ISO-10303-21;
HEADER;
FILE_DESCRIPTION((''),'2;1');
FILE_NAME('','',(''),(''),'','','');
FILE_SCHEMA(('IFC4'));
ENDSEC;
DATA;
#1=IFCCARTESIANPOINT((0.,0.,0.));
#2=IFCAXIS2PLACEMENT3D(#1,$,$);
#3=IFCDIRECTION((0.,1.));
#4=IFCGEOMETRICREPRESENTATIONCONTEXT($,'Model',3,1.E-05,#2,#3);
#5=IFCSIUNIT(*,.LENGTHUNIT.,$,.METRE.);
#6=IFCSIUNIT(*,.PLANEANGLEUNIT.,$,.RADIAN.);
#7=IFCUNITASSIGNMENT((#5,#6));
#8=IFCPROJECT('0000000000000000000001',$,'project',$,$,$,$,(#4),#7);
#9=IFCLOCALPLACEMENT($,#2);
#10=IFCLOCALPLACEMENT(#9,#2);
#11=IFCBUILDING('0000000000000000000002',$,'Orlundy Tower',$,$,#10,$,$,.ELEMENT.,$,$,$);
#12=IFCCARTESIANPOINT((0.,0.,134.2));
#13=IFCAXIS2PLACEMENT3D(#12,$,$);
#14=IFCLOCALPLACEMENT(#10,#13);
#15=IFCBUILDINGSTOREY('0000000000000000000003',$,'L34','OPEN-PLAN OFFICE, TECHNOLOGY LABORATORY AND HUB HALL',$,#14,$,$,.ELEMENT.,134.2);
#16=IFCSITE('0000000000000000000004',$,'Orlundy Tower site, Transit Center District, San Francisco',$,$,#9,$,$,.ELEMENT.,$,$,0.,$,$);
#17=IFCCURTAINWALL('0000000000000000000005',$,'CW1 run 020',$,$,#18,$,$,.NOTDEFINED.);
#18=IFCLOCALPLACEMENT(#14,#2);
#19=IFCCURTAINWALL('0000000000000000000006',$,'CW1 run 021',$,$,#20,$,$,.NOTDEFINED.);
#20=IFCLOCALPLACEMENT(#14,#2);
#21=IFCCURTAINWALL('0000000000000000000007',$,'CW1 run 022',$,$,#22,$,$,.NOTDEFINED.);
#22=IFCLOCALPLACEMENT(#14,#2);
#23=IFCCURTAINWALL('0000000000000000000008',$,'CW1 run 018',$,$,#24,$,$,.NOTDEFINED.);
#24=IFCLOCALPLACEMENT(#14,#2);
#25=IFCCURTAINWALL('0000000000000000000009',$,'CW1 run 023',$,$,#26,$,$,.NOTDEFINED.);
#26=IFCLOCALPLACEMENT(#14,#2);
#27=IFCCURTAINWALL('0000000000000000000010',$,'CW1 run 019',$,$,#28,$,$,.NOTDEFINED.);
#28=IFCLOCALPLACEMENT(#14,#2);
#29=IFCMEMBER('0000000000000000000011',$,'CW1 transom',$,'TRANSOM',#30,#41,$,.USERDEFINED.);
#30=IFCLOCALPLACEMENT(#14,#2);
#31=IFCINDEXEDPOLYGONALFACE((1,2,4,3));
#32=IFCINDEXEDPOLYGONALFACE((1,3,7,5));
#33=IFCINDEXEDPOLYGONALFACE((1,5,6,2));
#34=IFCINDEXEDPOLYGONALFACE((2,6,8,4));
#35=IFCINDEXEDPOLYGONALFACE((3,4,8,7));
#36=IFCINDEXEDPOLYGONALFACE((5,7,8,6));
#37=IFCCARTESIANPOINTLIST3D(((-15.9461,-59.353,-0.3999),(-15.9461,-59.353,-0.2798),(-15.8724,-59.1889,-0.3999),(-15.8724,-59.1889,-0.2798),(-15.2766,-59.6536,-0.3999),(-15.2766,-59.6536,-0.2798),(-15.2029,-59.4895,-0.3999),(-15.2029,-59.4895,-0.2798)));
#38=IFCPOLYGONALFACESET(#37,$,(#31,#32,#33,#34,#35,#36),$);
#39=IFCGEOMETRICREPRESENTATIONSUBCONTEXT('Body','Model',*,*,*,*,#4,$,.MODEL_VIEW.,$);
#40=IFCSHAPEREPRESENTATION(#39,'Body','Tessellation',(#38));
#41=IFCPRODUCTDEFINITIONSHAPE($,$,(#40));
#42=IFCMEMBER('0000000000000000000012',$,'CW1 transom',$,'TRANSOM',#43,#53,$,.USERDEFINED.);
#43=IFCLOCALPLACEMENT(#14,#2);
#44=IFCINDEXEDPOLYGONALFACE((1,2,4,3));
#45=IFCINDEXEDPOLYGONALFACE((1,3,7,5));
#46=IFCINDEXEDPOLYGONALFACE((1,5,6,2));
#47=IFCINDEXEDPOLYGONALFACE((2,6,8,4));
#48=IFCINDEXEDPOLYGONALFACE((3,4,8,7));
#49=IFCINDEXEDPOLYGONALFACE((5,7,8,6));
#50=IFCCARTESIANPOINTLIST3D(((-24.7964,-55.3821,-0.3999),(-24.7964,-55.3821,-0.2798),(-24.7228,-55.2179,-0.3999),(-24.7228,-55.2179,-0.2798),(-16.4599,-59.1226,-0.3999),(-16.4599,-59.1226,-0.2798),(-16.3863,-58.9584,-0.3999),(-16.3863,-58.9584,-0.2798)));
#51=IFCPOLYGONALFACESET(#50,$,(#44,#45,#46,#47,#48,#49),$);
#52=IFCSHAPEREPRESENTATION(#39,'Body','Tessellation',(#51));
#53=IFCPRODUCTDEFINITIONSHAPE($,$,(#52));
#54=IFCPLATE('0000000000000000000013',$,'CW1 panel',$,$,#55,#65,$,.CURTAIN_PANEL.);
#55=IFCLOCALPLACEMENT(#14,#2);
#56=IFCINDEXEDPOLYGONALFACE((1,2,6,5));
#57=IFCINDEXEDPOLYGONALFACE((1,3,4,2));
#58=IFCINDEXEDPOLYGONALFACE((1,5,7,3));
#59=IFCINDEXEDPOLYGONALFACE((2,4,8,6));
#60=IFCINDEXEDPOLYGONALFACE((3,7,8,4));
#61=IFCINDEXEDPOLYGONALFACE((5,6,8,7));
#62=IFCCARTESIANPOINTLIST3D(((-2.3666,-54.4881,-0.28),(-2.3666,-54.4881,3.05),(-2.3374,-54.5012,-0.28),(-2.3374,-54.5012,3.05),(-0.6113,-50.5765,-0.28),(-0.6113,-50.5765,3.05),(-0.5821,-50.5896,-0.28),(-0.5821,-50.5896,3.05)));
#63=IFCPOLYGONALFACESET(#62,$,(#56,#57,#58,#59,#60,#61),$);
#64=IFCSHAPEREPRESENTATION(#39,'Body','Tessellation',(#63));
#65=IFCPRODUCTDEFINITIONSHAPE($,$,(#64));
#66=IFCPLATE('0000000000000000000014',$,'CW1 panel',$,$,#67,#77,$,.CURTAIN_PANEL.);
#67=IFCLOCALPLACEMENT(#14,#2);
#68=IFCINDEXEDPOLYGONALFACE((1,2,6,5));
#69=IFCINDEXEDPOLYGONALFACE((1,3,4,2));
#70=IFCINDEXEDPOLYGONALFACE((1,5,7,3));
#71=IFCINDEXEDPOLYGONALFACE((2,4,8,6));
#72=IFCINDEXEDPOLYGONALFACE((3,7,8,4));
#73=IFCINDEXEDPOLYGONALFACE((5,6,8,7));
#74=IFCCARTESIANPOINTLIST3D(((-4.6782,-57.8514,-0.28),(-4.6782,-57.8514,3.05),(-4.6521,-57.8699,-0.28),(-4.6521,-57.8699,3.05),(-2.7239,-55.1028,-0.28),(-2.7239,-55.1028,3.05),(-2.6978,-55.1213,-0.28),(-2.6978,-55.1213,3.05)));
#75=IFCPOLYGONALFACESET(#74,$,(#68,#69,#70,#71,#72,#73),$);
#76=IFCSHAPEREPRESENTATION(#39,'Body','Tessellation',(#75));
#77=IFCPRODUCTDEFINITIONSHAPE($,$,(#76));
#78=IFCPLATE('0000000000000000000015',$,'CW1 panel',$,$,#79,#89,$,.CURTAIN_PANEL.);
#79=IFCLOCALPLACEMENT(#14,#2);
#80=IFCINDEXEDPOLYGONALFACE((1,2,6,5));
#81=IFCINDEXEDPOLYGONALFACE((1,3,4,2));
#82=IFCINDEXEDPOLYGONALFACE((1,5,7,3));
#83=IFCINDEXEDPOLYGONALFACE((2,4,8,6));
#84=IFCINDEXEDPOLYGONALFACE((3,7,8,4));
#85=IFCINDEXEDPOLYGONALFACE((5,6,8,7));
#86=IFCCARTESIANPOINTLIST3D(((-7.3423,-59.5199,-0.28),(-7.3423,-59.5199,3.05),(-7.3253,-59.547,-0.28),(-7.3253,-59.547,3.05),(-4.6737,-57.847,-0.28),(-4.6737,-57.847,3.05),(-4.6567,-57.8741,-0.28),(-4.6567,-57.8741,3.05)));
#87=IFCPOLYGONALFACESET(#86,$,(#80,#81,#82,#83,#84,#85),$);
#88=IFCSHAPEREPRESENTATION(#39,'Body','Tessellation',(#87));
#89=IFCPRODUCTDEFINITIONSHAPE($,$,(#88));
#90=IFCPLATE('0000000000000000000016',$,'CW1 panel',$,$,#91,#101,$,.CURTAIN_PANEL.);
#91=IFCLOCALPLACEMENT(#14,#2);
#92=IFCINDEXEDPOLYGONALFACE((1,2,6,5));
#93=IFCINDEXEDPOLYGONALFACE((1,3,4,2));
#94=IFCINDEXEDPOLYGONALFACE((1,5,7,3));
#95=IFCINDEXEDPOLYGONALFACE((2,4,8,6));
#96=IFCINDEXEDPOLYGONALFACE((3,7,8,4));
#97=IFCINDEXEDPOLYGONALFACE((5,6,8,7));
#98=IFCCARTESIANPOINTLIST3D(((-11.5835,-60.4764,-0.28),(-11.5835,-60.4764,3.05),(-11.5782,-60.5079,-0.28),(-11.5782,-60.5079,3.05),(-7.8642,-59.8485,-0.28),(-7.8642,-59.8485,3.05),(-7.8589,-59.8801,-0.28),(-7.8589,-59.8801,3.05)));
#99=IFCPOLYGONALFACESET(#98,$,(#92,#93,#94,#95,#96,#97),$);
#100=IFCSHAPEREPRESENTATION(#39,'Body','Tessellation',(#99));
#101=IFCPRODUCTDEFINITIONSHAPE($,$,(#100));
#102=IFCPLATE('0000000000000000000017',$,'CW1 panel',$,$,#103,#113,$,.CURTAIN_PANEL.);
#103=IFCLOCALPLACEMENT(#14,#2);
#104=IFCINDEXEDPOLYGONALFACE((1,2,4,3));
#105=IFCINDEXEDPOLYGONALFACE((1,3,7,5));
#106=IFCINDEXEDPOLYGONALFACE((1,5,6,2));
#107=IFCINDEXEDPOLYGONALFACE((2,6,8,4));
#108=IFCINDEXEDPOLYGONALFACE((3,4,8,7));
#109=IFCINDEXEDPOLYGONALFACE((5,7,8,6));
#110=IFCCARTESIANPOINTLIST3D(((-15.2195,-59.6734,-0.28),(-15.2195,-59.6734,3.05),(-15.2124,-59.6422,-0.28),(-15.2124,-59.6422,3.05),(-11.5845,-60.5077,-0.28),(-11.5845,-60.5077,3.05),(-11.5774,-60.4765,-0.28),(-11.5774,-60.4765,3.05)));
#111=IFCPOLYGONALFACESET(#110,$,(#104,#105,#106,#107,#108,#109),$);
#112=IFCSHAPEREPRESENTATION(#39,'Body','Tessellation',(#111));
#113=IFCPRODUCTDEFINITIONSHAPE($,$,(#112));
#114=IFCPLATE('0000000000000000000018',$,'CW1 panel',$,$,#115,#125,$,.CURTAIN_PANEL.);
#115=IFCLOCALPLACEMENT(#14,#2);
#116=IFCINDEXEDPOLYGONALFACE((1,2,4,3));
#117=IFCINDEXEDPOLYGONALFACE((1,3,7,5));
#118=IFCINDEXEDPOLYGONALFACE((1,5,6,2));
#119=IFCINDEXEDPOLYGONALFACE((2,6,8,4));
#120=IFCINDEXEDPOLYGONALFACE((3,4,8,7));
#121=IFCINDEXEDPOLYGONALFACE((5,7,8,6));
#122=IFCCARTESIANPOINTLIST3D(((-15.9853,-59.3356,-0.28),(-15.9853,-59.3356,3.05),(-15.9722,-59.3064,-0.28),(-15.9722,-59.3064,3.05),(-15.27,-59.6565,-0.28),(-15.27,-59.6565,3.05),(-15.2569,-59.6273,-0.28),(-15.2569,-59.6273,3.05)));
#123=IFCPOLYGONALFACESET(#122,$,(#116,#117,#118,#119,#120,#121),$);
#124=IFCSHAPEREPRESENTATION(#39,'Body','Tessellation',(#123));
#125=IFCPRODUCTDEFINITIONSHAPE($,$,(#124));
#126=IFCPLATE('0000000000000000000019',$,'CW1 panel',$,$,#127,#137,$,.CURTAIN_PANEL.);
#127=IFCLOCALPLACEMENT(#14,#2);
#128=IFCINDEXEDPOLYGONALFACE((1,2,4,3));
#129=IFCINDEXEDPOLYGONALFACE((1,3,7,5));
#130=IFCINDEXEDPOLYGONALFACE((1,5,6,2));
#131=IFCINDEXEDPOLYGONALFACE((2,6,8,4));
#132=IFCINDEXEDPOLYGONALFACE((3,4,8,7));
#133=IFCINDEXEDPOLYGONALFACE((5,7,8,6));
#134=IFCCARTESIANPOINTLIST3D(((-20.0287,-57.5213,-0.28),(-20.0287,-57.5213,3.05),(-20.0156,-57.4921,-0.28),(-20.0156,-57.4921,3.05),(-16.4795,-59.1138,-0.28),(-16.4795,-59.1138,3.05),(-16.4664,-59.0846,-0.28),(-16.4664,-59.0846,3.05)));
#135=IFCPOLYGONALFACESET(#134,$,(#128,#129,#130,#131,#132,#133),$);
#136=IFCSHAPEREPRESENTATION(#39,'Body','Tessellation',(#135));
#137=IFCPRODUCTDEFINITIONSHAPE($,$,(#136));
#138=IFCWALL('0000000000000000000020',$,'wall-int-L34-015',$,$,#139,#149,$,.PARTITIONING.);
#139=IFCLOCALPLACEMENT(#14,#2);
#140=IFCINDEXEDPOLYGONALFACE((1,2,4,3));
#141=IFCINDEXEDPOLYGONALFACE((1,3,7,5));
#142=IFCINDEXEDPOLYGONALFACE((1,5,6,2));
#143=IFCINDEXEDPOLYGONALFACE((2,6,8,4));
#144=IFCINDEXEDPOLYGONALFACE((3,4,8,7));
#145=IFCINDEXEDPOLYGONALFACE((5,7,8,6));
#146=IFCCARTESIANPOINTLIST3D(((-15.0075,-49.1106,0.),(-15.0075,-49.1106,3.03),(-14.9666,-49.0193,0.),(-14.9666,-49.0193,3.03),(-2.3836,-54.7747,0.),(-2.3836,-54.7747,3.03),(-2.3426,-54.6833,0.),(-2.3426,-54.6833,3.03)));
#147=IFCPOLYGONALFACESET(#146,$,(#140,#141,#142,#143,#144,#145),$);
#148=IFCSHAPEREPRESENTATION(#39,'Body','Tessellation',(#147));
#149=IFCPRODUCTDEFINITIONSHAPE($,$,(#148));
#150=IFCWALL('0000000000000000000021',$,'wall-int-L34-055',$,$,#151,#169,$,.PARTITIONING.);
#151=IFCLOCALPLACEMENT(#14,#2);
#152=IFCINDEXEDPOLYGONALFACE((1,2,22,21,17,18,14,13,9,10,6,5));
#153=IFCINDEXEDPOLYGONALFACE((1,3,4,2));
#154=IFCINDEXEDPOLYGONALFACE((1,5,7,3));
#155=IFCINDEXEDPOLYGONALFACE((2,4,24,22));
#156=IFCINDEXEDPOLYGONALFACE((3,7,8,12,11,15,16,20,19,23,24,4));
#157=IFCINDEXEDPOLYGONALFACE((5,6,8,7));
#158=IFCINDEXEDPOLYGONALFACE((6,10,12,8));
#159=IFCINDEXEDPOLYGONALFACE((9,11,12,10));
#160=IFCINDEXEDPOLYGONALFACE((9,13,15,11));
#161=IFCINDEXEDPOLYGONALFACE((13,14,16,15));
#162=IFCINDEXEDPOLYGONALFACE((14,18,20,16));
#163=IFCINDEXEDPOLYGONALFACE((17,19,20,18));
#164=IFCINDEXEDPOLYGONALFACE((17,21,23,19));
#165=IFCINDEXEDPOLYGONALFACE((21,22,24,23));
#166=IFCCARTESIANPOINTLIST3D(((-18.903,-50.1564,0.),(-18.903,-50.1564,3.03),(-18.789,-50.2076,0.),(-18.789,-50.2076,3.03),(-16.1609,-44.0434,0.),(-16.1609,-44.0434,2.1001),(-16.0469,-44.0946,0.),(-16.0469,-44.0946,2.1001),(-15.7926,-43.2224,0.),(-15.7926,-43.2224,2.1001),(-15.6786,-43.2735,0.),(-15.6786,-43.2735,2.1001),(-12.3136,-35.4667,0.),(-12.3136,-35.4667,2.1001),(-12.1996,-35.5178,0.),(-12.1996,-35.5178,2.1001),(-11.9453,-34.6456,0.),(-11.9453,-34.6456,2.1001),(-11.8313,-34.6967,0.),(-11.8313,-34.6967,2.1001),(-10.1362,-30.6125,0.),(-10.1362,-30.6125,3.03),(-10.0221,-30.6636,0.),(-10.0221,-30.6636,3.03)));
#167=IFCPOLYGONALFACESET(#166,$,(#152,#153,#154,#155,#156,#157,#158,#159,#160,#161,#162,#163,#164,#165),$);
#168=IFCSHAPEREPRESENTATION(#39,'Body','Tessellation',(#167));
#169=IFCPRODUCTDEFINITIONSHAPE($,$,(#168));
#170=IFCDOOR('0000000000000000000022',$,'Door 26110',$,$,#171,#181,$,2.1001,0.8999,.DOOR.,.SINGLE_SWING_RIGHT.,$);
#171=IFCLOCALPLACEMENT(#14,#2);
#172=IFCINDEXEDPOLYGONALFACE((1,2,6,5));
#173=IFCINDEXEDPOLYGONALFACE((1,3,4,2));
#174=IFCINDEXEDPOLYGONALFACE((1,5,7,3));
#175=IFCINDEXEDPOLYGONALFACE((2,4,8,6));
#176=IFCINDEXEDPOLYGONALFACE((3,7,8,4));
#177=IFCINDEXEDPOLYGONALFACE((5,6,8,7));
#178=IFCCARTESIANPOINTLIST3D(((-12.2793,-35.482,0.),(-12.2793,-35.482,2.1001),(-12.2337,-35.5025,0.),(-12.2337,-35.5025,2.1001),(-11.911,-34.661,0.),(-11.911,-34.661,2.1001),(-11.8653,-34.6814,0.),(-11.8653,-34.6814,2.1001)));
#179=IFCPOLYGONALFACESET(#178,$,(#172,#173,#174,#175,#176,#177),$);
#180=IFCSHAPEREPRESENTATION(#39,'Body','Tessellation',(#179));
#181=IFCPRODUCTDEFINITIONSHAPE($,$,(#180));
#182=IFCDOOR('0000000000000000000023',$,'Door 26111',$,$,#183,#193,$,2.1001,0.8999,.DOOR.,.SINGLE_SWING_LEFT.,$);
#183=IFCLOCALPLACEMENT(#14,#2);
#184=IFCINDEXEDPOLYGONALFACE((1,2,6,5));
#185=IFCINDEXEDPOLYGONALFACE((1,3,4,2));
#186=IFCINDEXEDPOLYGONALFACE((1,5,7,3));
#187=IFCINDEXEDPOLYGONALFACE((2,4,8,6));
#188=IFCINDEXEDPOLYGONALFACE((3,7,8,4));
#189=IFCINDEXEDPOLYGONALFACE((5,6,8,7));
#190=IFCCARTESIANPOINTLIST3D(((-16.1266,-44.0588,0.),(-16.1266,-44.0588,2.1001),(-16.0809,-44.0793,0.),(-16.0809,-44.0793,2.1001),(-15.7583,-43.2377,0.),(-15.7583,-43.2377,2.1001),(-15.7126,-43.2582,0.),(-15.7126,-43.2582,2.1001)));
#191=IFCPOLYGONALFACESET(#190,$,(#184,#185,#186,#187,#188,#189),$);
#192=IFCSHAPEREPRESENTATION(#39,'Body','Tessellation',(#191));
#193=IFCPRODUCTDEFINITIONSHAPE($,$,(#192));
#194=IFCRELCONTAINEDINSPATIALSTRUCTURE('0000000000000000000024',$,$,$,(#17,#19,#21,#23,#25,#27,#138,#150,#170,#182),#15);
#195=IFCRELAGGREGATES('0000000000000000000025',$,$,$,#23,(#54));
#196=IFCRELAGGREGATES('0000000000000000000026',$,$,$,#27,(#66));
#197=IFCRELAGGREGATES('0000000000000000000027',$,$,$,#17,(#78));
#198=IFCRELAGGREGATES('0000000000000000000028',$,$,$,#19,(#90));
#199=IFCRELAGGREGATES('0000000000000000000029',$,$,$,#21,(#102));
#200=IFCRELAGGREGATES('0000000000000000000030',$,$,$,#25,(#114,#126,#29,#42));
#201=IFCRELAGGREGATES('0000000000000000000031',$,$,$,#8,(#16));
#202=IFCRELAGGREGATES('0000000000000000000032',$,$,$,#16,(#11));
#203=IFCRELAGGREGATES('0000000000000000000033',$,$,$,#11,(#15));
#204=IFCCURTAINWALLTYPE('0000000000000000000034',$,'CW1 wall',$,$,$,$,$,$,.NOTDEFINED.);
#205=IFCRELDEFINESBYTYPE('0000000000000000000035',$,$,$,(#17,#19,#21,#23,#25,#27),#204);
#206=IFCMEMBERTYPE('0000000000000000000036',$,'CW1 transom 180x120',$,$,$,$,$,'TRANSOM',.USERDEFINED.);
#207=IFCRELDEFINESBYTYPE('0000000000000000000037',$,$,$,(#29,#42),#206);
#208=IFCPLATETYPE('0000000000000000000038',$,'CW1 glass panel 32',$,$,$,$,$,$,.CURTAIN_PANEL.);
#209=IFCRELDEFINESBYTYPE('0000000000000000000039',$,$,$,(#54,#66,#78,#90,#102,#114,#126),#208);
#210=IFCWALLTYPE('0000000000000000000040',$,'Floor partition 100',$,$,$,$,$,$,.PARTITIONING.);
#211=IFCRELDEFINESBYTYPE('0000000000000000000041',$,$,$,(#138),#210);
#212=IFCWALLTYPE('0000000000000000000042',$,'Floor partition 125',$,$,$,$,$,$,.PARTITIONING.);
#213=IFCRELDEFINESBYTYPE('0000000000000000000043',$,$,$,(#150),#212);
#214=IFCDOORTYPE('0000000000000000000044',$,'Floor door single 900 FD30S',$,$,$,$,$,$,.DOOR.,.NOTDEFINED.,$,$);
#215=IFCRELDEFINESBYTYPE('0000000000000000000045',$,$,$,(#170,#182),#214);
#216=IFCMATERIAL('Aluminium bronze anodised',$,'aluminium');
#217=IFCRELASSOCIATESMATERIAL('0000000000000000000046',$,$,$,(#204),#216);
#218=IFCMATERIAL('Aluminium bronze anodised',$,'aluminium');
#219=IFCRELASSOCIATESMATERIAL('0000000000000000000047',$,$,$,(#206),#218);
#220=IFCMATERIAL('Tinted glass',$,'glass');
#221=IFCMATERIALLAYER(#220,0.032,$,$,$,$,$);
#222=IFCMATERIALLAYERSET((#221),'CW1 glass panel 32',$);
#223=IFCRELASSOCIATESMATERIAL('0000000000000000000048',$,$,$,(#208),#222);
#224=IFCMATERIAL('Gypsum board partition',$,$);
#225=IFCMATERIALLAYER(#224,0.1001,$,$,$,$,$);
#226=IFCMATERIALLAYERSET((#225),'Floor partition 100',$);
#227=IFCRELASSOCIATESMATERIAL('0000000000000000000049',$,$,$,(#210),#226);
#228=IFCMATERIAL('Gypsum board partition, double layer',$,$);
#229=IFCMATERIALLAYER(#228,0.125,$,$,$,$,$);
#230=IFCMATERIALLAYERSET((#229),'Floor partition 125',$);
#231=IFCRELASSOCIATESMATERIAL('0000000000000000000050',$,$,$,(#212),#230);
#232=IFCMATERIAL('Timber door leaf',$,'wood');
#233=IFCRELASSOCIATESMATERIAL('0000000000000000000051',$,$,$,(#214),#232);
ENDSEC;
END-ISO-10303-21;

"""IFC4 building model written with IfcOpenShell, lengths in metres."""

from ifc_helpers import new_model, si_unit, direction, frame, frame_2d, origin, origin_2d, place, context, subcontext, project, spatial, rectangle, extrude, material, layer, layer_set, material_profile, profile_set, type_object, element, fill, aggregate, save


model = new_model("IFC4")

# Units and contexts
model_context = context("Model", 3, precision=1e-05, world=origin(), true_north=direction((0.0, 1.0)))
body_context = subcontext(model_context, "Body", "Model", "MODEL_VIEW")
ifc_project = project(units=[si_unit("LENGTHUNIT", "METRE"), si_unit("PLANEANGLEUNIT", "RADIAN")], contexts=[model_context])

# Site, building, storey
site_placement = place(None, origin())
site = spatial("IfcSite", under=ifc_project, at=site_placement, Name="Orlundy Tower site, Transit Center District, San Francisco", CompositionType="ELEMENT", RefElevation=0.0)
building_placement = place(site_placement, origin())
building = spatial("IfcBuilding", under=site, at=building_placement, Name="Orlundy Tower", CompositionType="ELEMENT")
storey_placement = place(building_placement, frame((0.0, 0.0, 134.2)))
storey = spatial("IfcBuildingStorey", under=building, at=storey_placement, Name="L34", Description="OPEN-PLAN OFFICE, TECHNOLOGY LABORATORY AND HUB HALL", CompositionType="ELEMENT", Elevation=134.2)

# Curtain walls
ifc_material_1 = material(Name="Aluminium bronze anodised", Category="aluminium")
curtain_wall_type = type_object("IfcCurtainWallType", Name="CW1 wall", PredefinedType="NOTDEFINED", material=ifc_material_1)
curtain_wall_1_placement = place(storey_placement, origin())
curtain_wall_1 = element("IfcCurtainWall", 1, at=curtain_wall_1_placement, inside=storey, type_object=curtain_wall_type, Name="CW1 run 020", PredefinedType="NOTDEFINED")
curtain_wall_2_placement = place(storey_placement, origin())
curtain_wall_2 = element("IfcCurtainWall", 2, at=curtain_wall_2_placement, inside=storey, type_object=curtain_wall_type, Name="CW1 run 021", PredefinedType="NOTDEFINED")
curtain_wall_3_placement = place(storey_placement, origin())
curtain_wall_3 = element("IfcCurtainWall", 3, at=curtain_wall_3_placement, inside=storey, type_object=curtain_wall_type, Name="CW1 run 022", PredefinedType="NOTDEFINED")
curtain_wall_4_placement = place(storey_placement, origin())
curtain_wall_4 = element("IfcCurtainWall", 4, at=curtain_wall_4_placement, inside=storey, type_object=curtain_wall_type, Name="CW1 run 018", PredefinedType="NOTDEFINED")

# Curtain wall
curtain_wall_5_placement = place(storey_placement, origin())
curtain_wall_5 = element("IfcCurtainWall", 5, at=curtain_wall_5_placement, inside=storey, type_object=curtain_wall_type, Name="CW1 run 023", PredefinedType="NOTDEFINED")

# Curtain wall
curtain_wall_6_placement = place(storey_placement, origin())
curtain_wall_6 = element("IfcCurtainWall", 6, at=curtain_wall_6_placement, inside=storey, type_object=curtain_wall_type, Name="CW1 run 019", PredefinedType="NOTDEFINED")
ifc_material_2 = material(Name="Aluminium bronze anodised", Category="aluminium")
ifc_material_profile_1 = material_profile(ifc_material_2, rectangle(XDim=0.1799, YDim=0.1201, at=origin_2d()), Name="CW1 transom 180x120")
ifc_profile_set_1 = profile_set([ifc_material_profile_1], Name="Aluminium bronze anodised")
member_type_1 = type_object("IfcMemberType", Name="CW1 transom 180x120", ElementType="TRANSOM", PredefinedType="USERDEFINED", material=ifc_profile_set_1)

# Members
member_1_placement = place(storey_placement, frame((-15.2397, -59.5715, -0.3398), z_axis=(-0.912282, 0.409562, 0.0), x_axis=(-0.409562, -0.912282, 0.0)))
member_1 = element("IfcMember", 7, at=member_1_placement, type_object=member_type_1, Name="CW1 transom", ObjectType="TRANSOM", PredefinedType="USERDEFINED", context=body_context, shape_type="SweptSolid", body=[
    extrude(rectangle(XDim=0.1799, YDim=0.1201, at=origin_2d()), origin(), (0.0, 0.0, 1.0), 0.7339),
])
member_2_placement = place(storey_placement, frame((-16.4231, -59.0405, -0.3398), z_axis=(-0.912368, 0.409371, 0.0), x_axis=(-0.409371, -0.912368, 0.0)))
member_2 = element("IfcMember", 8, at=member_2_placement, type_object=member_type_1, Name="CW1 transom", ObjectType="TRANSOM", PredefinedType="USERDEFINED", context=body_context, shape_type="SweptSolid", body=[
    extrude(rectangle(XDim=0.1799, YDim=0.1201, at=origin_2d()), origin(), (0.0, 0.0, 1.0), 9.1372),
])

# Plates
ifc_material_3 = material(Name="Tinted glass", Category="glass")
ifc_layer_1 = layer(ifc_material_3, 0.032)
ifc_layer_set_1 = layer_set([ifc_layer_1], Name="CW1 glass panel 32")
plate_type = type_object("IfcPlateType", Name="CW1 glass panel 32", PredefinedType="CURTAIN_PANEL", material=ifc_layer_set_1)
plate_1_placement = place(storey_placement, frame((-1.4744, -52.5388, -0.28), z_axis=(0.0, 0.0, 1.0), x_axis=(-0.409405, -0.912353, 0.0)))
plate_1 = element("IfcPlate", 9, at=plate_1_placement, type_object=plate_type, Name="CW1 panel", PredefinedType="CURTAIN_PANEL", context=body_context, shape_type="SweptSolid", body=[
    extrude(rectangle(XDim=4.2874, YDim=0.032, at=origin_2d()), origin(), (0.0, 0.0, 1.0), 3.3301),
])
aggregate(curtain_wall_4, [plate_1])
plate_2_placement = place(storey_placement, frame((-3.688, -56.4863, -0.28), z_axis=(0.0, 0.0, 1.0), x_axis=(-0.579476, -0.814989, 0.0)))
plate_2 = element("IfcPlate", 10, at=plate_2_placement, type_object=plate_type, Name="CW1 panel", PredefinedType="CURTAIN_PANEL", context=body_context, shape_type="SweptSolid", body=[
    extrude(rectangle(XDim=3.3726, YDim=0.032, at=origin_2d()), origin(), (0.0, 0.0, 1.0), 3.3301),
])
aggregate(curtain_wall_6, [plate_2])
plate_3_placement = place(storey_placement, frame((-5.9995, -58.697, -0.28), z_axis=(0.0, 0.0, 1.0), x_axis=(-0.847285, -0.531138, 0.0)))
plate_3 = element("IfcPlate", 11, at=plate_3_placement, type_object=plate_type, Name="CW1 panel", PredefinedType="CURTAIN_PANEL", context=body_context, shape_type="SweptSolid", body=[
    extrude(rectangle(XDim=3.1497, YDim=0.032, at=origin_2d()), origin(), (0.0, 0.0, 1.0), 3.3301),
])
aggregate(curtain_wall_1, [plate_3])
plate_4_placement = place(storey_placement, frame((-9.7212, -60.1782, -0.28), z_axis=(0.0, 0.0, 1.0), x_axis=(-0.986049, -0.166455, 0.0)))
plate_4 = element("IfcPlate", 12, at=plate_4_placement, type_object=plate_type, Name="CW1 panel", PredefinedType="CURTAIN_PANEL", context=body_context, shape_type="SweptSolid", body=[
    extrude(rectangle(XDim=3.772, YDim=0.032, at=origin_2d()), origin(), (0.0, 0.0, 1.0), 3.3301),
])
aggregate(curtain_wall_2, [plate_4])
plate_5_placement = place(storey_placement, frame((-13.3984, -60.075, -0.28), z_axis=(0.0, 0.0, 1.0), x_axis=(-0.974659, 0.223697, 0.0)))
plate_5 = element("IfcPlate", 13, at=plate_5_placement, type_object=plate_type, Name="CW1 panel", PredefinedType="CURTAIN_PANEL", context=body_context, shape_type="SweptSolid", body=[
    extrude(rectangle(XDim=3.7295, YDim=0.032, at=origin_2d()), origin(), (0.0, 0.0, 1.0), 3.3301),
])
aggregate(curtain_wall_3, [plate_5])
plate_6_placement = place(storey_placement, frame((-15.6211, -59.4814, -0.28), z_axis=(0.0, 0.0, 1.0), x_axis=(-0.912366, 0.409374, 0.0)))
plate_6 = element("IfcPlate", 14, at=plate_6_placement, type_object=plate_type, Name="CW1 panel", PredefinedType="CURTAIN_PANEL", context=body_context, shape_type="SweptSolid", body=[
    extrude(rectangle(XDim=0.7839, YDim=0.032, at=origin_2d()), origin(), (0.0, 0.0, 1.0), 3.3301),
])
plate_7_placement = place(storey_placement, frame((-18.2476, -58.303, -0.28), z_axis=(0.0, 0.0, 1.0), x_axis=(-0.912366, 0.409374, 0.0)))
plate_7 = element("IfcPlate", 15, at=plate_7_placement, type_object=plate_type, Name="CW1 panel", PredefinedType="CURTAIN_PANEL", context=body_context, shape_type="SweptSolid", body=[
    extrude(rectangle(XDim=3.8901, YDim=0.032, at=origin_2d()), origin(), (0.0, 0.0, 1.0), 3.3301),
])
aggregate(curtain_wall_5, [plate_6, plate_7, member_1, member_2])

# Wall
ifc_material_4 = material(Name="Gypsum board partition")
ifc_layer_2 = layer(ifc_material_4, 0.1001)
ifc_layer_set_2 = layer_set([ifc_layer_2], Name="Floor partition 100")
wall_type_1 = type_object("IfcWallType", Name="Floor partition 100", PredefinedType="PARTITIONING", material=ifc_layer_set_2)
wall_1_placement = place(storey_placement, frame((-14.9871, -49.0649, 0.0), z_axis=(0.0, 0.0, 1.0), x_axis=(0.912374, -0.409358, 0.0)))
element("IfcWall", 16, at=wall_1_placement, inside=storey, type_object=wall_type_1, Name="wall-int-L34-015", PredefinedType="PARTITIONING", context=body_context, shape_type="SweptSolid", body=[
    extrude(rectangle(XDim=13.8364, YDim=0.1001, at=frame_2d((6.9182, 0.0))), origin(), (0.0, 0.0, 1.0), 3.03),
])

# Wall, openings, doors
ifc_material_5 = material(Name="Gypsum board partition, double layer")
ifc_layer_3 = layer(ifc_material_5, 0.125)
ifc_layer_set_3 = layer_set([ifc_layer_3], Name="Floor partition 125")
wall_type_2 = type_object("IfcWallType", Name="Floor partition 125", PredefinedType="PARTITIONING", material=ifc_layer_set_3)
wall_2_placement = place(storey_placement, frame((-18.8459, -50.1819, 0.0), z_axis=(0.0, 0.0, 1.0), x_axis=(0.40928, 0.912409, 0.0)))
wall_2 = element("IfcWall", 17, at=wall_2_placement, inside=storey, type_object=wall_type_2, Name="wall-int-L34-055", PredefinedType="PARTITIONING", context=body_context, shape_type="SweptSolid", body=[
    extrude(rectangle(XDim=21.4202, YDim=0.125, at=frame_2d((10.71, 0.0))), origin(), (0.0, 0.0, 1.0), 3.03),
])
opening_1_placement = place(wall_2_placement, frame((16.0999, 0.0, 0.0)))
opening_1 = element("IfcOpeningElement", 18, at=opening_1_placement, cuts=wall_2, PredefinedType="OPENING", context=body_context, shape_type="SweptSolid", body=[
    extrude(rectangle(XDim=0.8999, YDim=2.1001, at=frame_2d((0.45, 1.05))), frame((0.0, 0.0725, 0.0), z_axis=(0.0, -1.0, 0.0), x_axis=(1.0, 0.0, 0.0)), (0.0, 0.0, 1.0), 0.145),
])
opening_2_placement = place(wall_2_placement, frame((6.6997, 0.0, 0.0)))
opening_2 = element("IfcOpeningElement", 19, at=opening_2_placement, cuts=wall_2, PredefinedType="OPENING", context=body_context, shape_type="SweptSolid", body=[
    extrude(rectangle(XDim=0.8999, YDim=2.1001, at=frame_2d((0.45, 1.05))), frame((0.0, 0.0725, 0.0), z_axis=(0.0, -1.0, 0.0), x_axis=(1.0, 0.0, 0.0)), (0.0, 0.0, 1.0), 0.145),
])
ifc_material_6 = material(Name="Timber door leaf", Category="wood")
door_type = type_object("IfcDoorType", Name="Floor door single 900 FD30S", OperationType="NOTDEFINED", PredefinedType="DOOR", material=ifc_material_6)
door_1_placement = place(opening_1_placement, origin())
door_1 = element("IfcDoor", 20, at=door_1_placement, inside=storey, type_object=door_type, Name="Door 26110", OperationType="SINGLE_SWING_RIGHT", OverallHeight=2.1001, OverallWidth=0.8999, PredefinedType="DOOR", context=body_context, shape_type="SweptSolid", body=[
    extrude(rectangle(XDim=0.8999, YDim=2.1001, at=frame_2d((0.45, 1.05))), frame((0.0, 0.0249, 0.0), z_axis=(0.0, -1.0, 0.0), x_axis=(1.0, 0.0, 0.0)), (0.0, 0.0, 1.0), 0.05),
])
fill(opening_1, door_1)
door_2_placement = place(opening_2_placement, origin())
door_2 = element("IfcDoor", 21, at=door_2_placement, inside=storey, type_object=door_type, Name="Door 26111", OperationType="SINGLE_SWING_LEFT", OverallHeight=2.1001, OverallWidth=0.8999, PredefinedType="DOOR", context=body_context, shape_type="SweptSolid", body=[
    extrude(rectangle(XDim=0.8999, YDim=2.1001, at=frame_2d((0.45, 1.05))), frame((0.0, 0.0249, 0.0), z_axis=(0.0, -1.0, 0.0), x_axis=(1.0, 0.0, 0.0)), (0.0, 0.0, 1.0), 0.05),
])
fill(opening_2, door_2)

save(model, "model.ifc")
